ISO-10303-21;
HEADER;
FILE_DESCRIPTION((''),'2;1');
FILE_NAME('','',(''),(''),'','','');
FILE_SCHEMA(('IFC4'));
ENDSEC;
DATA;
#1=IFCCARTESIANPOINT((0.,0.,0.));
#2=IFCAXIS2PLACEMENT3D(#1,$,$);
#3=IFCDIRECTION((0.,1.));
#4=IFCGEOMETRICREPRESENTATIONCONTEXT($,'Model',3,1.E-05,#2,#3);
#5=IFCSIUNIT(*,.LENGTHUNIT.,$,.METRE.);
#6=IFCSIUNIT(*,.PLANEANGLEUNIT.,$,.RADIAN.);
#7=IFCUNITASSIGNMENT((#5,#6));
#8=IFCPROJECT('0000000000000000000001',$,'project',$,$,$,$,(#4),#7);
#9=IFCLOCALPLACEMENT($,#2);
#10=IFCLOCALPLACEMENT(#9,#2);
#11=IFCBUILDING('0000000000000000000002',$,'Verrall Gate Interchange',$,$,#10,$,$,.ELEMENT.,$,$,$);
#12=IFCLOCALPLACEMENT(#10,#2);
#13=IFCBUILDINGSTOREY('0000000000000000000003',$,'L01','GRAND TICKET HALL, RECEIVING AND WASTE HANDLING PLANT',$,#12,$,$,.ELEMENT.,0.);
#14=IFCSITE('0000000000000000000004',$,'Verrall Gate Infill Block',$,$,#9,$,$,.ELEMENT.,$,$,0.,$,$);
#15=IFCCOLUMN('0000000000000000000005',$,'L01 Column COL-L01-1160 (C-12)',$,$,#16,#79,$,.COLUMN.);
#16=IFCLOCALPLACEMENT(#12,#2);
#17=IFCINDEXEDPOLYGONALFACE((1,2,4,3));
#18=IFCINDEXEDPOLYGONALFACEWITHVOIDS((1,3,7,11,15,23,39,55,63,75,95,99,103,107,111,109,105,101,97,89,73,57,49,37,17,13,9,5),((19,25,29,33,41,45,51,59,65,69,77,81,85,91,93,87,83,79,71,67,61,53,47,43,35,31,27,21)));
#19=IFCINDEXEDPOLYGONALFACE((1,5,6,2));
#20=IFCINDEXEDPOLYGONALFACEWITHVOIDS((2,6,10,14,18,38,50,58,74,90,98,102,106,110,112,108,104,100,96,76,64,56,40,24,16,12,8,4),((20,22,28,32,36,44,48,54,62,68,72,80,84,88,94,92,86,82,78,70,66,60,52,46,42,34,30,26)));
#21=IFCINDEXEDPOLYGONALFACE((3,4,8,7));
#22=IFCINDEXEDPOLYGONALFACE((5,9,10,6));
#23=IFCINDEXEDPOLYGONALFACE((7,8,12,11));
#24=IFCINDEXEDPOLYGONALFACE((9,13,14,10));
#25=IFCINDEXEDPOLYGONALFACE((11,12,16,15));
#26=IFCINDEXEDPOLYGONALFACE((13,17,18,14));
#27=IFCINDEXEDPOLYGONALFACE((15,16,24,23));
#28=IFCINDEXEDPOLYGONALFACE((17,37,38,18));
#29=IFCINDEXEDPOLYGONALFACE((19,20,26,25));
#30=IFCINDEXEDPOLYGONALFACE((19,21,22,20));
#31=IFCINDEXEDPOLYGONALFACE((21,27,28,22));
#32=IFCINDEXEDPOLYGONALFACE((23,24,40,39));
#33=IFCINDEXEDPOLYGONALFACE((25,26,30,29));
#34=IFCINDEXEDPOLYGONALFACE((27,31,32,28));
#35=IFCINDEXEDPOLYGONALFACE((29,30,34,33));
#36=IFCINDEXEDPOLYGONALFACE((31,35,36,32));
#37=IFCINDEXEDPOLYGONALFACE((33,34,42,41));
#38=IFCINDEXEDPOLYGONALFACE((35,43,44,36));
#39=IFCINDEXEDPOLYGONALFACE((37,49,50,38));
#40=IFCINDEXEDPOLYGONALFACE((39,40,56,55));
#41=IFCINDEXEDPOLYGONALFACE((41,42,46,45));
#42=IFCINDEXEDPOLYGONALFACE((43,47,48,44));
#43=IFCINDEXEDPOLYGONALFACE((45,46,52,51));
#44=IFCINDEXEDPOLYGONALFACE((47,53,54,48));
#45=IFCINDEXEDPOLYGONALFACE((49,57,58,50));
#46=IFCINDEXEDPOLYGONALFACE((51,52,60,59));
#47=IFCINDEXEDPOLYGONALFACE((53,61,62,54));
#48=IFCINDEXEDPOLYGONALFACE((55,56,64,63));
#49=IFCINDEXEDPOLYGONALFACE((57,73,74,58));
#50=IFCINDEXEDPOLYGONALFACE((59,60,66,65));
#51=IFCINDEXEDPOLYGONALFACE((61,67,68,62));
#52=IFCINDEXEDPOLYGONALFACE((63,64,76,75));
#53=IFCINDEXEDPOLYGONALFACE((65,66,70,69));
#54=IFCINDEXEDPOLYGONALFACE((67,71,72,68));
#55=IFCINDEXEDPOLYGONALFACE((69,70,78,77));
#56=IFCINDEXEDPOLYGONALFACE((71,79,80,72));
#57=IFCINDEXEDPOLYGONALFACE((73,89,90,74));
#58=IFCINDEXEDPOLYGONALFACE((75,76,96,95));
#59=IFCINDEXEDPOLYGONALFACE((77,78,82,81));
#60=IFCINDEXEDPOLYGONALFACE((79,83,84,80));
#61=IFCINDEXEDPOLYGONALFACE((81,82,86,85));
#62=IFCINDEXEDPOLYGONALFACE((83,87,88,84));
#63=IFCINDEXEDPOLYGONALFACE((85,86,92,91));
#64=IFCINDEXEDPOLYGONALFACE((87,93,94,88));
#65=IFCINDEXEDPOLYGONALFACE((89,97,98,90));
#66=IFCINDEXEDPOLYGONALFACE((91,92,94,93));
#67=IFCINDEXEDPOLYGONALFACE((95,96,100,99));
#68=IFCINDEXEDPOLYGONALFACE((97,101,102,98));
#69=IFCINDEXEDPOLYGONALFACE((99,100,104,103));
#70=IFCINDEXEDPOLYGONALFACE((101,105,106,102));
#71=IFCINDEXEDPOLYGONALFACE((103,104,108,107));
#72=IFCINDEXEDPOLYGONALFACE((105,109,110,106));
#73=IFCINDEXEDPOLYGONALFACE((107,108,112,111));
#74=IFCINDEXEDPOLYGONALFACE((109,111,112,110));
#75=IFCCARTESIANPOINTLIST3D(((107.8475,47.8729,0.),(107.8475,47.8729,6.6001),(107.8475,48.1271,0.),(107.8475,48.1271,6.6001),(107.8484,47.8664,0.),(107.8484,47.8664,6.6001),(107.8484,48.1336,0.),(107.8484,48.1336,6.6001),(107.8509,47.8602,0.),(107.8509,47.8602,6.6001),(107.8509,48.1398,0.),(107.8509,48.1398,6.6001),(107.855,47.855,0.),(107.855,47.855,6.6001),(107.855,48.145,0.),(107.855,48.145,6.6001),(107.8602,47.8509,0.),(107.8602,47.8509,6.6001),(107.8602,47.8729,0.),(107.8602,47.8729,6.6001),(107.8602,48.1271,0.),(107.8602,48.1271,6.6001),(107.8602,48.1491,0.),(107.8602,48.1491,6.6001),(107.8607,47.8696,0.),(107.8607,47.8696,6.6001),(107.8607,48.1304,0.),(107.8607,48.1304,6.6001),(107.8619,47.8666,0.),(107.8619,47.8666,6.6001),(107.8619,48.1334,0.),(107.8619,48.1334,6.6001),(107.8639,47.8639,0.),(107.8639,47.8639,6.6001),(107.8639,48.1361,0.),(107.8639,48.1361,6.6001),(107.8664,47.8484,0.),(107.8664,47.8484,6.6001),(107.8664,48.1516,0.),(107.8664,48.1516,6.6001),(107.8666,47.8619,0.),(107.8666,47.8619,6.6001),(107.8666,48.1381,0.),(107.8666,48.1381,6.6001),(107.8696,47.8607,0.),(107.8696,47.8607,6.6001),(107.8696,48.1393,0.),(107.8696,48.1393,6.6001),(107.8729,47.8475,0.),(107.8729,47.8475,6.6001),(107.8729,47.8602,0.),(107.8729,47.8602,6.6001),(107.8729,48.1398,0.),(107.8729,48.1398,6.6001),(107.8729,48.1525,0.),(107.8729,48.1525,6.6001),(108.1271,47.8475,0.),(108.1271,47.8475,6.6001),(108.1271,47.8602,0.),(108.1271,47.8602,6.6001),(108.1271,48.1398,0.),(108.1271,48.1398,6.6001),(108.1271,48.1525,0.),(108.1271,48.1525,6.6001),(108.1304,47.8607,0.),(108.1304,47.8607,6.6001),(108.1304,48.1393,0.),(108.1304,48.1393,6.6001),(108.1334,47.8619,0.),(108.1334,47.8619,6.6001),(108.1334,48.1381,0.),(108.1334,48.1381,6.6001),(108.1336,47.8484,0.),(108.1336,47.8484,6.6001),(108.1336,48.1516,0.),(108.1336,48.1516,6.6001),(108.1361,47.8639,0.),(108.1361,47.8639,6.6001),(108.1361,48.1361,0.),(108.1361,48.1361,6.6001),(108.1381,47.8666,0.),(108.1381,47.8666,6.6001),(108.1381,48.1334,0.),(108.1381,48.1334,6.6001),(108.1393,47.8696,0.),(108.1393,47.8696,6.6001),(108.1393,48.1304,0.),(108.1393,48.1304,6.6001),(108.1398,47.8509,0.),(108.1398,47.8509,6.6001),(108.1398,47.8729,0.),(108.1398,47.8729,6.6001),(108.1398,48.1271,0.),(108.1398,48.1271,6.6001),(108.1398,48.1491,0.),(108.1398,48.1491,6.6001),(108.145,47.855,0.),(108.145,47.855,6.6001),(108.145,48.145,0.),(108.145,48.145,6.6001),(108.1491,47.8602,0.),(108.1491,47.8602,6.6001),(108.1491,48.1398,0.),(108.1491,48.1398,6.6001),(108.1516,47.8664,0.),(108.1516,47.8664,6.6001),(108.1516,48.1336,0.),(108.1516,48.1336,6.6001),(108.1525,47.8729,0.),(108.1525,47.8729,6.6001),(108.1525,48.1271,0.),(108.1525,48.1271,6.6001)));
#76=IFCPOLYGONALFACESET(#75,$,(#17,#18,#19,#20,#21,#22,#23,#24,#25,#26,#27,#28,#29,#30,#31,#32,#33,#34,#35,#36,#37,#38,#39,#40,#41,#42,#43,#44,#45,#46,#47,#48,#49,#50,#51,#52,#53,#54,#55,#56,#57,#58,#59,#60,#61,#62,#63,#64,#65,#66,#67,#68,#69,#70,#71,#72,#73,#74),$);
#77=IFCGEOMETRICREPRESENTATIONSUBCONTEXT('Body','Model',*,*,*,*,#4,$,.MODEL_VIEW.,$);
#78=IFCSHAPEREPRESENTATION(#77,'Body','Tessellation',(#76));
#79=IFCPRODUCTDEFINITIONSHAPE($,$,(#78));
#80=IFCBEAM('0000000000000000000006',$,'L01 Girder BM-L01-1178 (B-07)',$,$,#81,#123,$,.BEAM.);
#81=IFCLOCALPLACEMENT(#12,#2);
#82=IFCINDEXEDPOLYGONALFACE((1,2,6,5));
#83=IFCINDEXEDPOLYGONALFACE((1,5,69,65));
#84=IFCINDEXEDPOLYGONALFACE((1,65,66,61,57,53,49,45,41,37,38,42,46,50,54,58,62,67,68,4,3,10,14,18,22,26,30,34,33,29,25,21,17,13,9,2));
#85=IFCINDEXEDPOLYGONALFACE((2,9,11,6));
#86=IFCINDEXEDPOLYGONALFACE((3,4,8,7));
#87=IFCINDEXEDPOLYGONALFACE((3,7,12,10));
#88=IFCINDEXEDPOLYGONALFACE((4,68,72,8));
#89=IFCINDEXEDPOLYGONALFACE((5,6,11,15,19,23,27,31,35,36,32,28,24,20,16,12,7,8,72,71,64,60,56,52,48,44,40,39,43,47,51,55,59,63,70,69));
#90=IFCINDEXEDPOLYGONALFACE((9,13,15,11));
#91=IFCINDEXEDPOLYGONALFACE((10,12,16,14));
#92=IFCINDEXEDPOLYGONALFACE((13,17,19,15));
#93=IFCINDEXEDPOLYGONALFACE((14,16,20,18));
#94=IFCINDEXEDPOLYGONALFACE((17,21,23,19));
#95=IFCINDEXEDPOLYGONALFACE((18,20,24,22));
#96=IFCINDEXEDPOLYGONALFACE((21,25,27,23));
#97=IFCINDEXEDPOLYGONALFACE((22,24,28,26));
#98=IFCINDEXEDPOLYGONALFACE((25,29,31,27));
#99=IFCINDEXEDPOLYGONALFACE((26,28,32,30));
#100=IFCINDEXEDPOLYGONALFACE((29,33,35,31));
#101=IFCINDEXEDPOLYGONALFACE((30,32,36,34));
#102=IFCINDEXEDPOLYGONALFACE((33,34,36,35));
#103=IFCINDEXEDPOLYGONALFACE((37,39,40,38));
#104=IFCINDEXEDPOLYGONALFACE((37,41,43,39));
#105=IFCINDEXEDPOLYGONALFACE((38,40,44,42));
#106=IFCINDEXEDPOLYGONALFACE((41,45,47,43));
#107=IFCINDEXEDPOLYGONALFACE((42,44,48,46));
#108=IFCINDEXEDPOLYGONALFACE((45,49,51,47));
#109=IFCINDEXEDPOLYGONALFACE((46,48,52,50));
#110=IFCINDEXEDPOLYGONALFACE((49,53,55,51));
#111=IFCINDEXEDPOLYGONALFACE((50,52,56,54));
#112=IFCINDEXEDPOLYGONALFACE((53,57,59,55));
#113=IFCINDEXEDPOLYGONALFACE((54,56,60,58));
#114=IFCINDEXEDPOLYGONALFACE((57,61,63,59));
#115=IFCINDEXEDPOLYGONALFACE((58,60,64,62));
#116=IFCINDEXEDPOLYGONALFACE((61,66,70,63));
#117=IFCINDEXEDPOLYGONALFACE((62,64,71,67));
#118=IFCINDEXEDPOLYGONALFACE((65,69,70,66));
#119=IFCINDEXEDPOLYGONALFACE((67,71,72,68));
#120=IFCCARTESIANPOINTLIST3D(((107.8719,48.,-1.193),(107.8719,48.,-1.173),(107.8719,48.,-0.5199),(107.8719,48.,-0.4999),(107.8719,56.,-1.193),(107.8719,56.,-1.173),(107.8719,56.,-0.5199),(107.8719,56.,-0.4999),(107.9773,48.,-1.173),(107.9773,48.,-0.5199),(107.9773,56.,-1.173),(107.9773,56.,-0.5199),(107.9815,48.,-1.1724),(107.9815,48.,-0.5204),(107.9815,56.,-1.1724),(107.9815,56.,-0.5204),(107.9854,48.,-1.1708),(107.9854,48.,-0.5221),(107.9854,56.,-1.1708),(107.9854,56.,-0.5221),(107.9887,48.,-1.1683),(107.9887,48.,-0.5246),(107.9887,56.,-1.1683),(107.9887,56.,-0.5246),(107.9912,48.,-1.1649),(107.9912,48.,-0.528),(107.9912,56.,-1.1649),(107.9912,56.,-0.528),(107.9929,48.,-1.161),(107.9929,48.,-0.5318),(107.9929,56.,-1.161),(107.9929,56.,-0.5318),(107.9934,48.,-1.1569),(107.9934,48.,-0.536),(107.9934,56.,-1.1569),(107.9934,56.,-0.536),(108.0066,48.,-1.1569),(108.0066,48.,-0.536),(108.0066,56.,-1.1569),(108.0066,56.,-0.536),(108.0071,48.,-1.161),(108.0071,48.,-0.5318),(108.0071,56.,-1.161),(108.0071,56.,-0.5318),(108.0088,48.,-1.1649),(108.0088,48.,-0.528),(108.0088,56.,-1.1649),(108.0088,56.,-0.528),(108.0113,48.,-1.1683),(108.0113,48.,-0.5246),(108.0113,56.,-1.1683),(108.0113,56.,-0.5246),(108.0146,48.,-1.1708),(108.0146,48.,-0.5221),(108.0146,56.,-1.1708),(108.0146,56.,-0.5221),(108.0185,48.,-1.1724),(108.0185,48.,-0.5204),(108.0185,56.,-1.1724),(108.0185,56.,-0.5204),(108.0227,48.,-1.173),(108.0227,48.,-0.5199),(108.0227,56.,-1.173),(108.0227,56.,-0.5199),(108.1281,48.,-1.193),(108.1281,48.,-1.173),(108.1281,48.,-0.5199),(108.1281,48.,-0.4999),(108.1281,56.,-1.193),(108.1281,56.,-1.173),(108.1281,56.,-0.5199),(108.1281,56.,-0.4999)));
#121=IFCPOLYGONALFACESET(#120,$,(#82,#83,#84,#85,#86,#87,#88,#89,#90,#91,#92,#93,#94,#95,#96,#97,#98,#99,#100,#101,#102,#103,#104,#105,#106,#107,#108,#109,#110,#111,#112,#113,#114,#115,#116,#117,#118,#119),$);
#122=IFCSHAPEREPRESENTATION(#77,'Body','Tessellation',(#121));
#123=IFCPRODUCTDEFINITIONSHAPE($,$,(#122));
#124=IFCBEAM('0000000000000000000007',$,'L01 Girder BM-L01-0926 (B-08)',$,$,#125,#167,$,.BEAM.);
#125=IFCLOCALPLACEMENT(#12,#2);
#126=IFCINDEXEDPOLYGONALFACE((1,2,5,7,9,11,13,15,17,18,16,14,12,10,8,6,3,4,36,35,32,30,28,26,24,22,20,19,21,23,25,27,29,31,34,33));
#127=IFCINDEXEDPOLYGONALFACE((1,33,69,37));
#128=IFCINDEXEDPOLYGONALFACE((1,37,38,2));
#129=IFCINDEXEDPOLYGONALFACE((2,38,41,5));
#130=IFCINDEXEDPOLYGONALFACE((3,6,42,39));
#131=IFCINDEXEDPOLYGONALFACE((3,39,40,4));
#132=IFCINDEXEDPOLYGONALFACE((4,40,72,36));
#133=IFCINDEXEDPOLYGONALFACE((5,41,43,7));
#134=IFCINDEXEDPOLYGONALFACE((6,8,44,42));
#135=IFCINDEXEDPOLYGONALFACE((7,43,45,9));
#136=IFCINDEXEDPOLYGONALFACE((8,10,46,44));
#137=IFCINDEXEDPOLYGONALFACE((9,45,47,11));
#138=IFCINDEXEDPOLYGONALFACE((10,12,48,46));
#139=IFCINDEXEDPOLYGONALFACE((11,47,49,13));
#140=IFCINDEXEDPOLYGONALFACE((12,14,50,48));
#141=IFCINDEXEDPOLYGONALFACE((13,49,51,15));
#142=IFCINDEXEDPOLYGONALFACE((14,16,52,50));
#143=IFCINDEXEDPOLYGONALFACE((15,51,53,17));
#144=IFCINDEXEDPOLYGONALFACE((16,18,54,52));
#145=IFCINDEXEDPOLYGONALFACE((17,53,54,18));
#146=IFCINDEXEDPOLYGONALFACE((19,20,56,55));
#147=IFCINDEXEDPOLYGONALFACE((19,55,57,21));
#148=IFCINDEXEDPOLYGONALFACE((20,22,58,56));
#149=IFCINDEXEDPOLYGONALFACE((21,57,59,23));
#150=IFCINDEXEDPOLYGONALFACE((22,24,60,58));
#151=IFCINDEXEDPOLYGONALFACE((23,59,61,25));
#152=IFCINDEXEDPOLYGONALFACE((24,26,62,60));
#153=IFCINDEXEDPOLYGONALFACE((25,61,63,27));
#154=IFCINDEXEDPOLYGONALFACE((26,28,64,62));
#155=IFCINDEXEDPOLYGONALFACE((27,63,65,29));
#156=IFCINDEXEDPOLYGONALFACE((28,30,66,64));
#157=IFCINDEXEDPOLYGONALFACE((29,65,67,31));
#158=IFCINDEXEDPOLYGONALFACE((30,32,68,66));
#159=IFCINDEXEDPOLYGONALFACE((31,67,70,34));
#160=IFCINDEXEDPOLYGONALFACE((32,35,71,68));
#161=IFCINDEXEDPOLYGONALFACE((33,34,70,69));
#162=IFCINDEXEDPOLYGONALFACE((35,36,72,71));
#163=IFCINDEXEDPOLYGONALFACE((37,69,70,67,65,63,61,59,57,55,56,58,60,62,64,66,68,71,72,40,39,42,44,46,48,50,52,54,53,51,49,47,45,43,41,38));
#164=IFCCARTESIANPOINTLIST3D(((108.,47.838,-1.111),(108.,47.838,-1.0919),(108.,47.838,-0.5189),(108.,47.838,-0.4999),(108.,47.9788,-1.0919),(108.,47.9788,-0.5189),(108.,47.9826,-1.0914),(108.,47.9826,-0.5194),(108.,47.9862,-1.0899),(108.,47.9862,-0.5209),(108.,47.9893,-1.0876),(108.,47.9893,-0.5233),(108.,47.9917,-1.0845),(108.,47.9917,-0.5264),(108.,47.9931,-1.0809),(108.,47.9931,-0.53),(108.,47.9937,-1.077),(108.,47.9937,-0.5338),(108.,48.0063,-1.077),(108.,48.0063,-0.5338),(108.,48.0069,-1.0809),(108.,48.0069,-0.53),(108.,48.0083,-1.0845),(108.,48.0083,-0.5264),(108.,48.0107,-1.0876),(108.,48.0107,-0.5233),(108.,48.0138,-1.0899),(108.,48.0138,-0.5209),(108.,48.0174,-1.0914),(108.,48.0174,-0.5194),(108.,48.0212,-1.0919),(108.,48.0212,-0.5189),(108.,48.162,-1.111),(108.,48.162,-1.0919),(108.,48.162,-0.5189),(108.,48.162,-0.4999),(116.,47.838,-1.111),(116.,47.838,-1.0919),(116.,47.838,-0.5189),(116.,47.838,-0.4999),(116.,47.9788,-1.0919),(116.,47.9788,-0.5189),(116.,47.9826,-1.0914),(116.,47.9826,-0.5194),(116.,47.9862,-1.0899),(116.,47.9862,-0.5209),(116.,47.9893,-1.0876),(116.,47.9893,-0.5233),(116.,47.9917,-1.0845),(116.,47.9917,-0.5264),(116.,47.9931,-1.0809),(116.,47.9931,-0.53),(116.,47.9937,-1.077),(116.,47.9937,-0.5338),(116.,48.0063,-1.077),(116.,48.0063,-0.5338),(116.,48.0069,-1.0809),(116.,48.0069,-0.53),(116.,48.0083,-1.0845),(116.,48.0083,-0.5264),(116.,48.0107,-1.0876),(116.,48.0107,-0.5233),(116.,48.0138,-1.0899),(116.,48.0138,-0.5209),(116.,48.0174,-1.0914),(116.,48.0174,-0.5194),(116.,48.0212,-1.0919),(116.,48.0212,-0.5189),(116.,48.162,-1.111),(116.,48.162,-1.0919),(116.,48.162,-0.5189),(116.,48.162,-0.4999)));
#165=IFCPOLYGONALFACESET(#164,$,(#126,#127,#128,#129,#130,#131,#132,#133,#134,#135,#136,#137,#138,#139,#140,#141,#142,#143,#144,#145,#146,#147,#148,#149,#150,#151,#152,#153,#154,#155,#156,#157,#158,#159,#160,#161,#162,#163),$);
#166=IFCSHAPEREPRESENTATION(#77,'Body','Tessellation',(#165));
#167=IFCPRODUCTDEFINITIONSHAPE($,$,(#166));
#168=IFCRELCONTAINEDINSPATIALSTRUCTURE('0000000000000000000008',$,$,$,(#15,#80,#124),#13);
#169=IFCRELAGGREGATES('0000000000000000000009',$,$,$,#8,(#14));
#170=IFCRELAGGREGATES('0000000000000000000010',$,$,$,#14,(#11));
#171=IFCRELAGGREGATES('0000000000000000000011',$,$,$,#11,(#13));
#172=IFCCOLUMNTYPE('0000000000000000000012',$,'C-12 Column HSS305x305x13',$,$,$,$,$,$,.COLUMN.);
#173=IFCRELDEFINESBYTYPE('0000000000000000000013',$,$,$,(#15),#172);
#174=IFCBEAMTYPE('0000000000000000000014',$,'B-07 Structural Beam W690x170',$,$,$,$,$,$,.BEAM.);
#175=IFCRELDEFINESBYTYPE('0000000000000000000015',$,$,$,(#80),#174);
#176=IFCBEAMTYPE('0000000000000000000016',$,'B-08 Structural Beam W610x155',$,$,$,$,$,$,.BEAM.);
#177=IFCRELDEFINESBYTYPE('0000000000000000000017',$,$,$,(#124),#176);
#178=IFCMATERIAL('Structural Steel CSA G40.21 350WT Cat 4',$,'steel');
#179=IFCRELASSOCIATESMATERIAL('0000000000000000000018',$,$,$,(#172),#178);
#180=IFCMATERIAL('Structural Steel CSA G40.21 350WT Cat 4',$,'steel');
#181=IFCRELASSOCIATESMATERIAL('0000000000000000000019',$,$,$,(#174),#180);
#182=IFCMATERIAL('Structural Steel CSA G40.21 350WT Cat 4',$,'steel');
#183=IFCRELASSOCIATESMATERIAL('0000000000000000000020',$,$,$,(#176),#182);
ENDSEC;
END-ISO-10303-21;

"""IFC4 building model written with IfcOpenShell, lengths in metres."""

from ifc_helpers import new_model, si_unit, direction, frame, origin, origin_2d, place, context, subcontext, project, spatial, hollow_rectangle, i_section, extrude, material, material_profile, profile_set, type_object, element, save


model = new_model("IFC4")

# Units and contexts
model_context = context("Model", 3, precision=1e-05, world=origin(), true_north=direction((0.0, 1.0)))
body_context = subcontext(model_context, "Body", "Model", "MODEL_VIEW")
ifc_project = project(units=[si_unit("LENGTHUNIT", "METRE"), si_unit("PLANEANGLEUNIT", "RADIAN")], contexts=[model_context])

# Site, building, storey
site_placement = place(None, origin())
site = spatial("IfcSite", under=ifc_project, at=site_placement, Name="Verrall Gate Infill Block", CompositionType="ELEMENT", RefElevation=0.0)
building_placement = place(site_placement, origin())
building = spatial("IfcBuilding", under=site, at=building_placement, Name="Verrall Gate Interchange", CompositionType="ELEMENT")
storey_placement = place(building_placement, origin())
storey = spatial("IfcBuildingStorey", under=building, at=storey_placement, Name="L01", Description="GRAND TICKET HALL, RECEIVING AND WASTE HANDLING PLANT", CompositionType="ELEMENT", Elevation=0.0)

# Column
ifc_material_1 = material(Name="Structural Steel CSA G40.21 350WT Cat 4", Category="steel")
ifc_material_profile_1 = material_profile(ifc_material_1, hollow_rectangle(XDim=0.3049, YDim=0.3049, WallThickness=0.0127, InnerFilletRadius=0.0127, OuterFilletRadius=0.0254, at=origin_2d()), Name="HSS305x305x13")
ifc_profile_set_1 = profile_set([ifc_material_profile_1], Name="Structural Steel CSA G40.21 350WT Cat 4")
column_type = type_object("IfcColumnType", Name="C-12 Column HSS305x305x13", PredefinedType="COLUMN", material=ifc_profile_set_1)
column_placement = place(storey_placement, frame((108.0, 48.0, 0.0), z_axis=(0.0, 0.0, 1.0), x_axis=(1.0, 0.0, 0.0)))
element("IfcColumn", 1, at=column_placement, inside=storey, type_object=column_type, Name="L01 Column COL-L01-1160 (C-12)", PredefinedType="COLUMN", context=body_context, shape_type="SweptSolid", body=[
    extrude(hollow_rectangle(XDim=0.3049, YDim=0.3049, WallThickness=0.0127, InnerFilletRadius=0.0127, OuterFilletRadius=0.0254, at=origin_2d()), origin(), (0.0, 0.0, 1.0), 6.6001),
])

# Beams
ifc_material_2 = material(Name="Structural Steel CSA G40.21 350WT Cat 4", Category="steel")
ifc_material_profile_2 = material_profile(ifc_material_2, i_section(OverallWidth=0.2561, OverallDepth=0.6931, WebThickness=0.0132, FlangeThickness=0.02, FilletRadius=0.0161, at=origin_2d()), Name="W690x170")
ifc_profile_set_2 = profile_set([ifc_material_profile_2], Name="Structural Steel CSA G40.21 350WT Cat 4")
beam_type_1 = type_object("IfcBeamType", Name="B-07 Structural Beam W690x170", PredefinedType="BEAM", material=ifc_profile_set_2)
beam_1_placement = place(storey_placement, frame((108.0, 48.0, -0.8464), z_axis=(0.0, 1.0, 0.0), x_axis=(-1.0, 0.0, 0.0)))
element("IfcBeam", 2, at=beam_1_placement, inside=storey, type_object=beam_type_1, Name="L01 Girder BM-L01-1178 (B-07)", PredefinedType="BEAM", context=body_context, shape_type="SweptSolid", body=[
    extrude(i_section(OverallWidth=0.2561, OverallDepth=0.6931, WebThickness=0.0132, FlangeThickness=0.02, FilletRadius=0.0161, at=origin_2d()), origin(), (0.0, 0.0, 1.0), 8.0),
])
ifc_material_3 = material(Name="Structural Steel CSA G40.21 350WT Cat 4", Category="steel")
ifc_material_profile_3 = material_profile(ifc_material_3, i_section(OverallWidth=0.324, OverallDepth=0.6111, WebThickness=0.0127, FlangeThickness=0.019, FilletRadius=0.0149, at=origin_2d()), Name="W610x155")
ifc_profile_set_3 = profile_set([ifc_material_profile_3], Name="Structural Steel CSA G40.21 350WT Cat 4")
beam_type_2 = type_object("IfcBeamType", Name="B-08 Structural Beam W610x155", PredefinedType="BEAM", material=ifc_profile_set_3)
beam_2_placement = place(storey_placement, frame((108.0, 48.0, -0.8054), z_axis=(1.0, 0.0, 0.0), x_axis=(0.0, 1.0, 0.0)))
element("IfcBeam", 3, at=beam_2_placement, inside=storey, type_object=beam_type_2, Name="L01 Girder BM-L01-0926 (B-08)", PredefinedType="BEAM", context=body_context, shape_type="SweptSolid", body=[
    extrude(i_section(OverallWidth=0.324, OverallDepth=0.6111, WebThickness=0.0127, FlangeThickness=0.019, FilletRadius=0.0149, at=origin_2d()), origin(), (0.0, 0.0, 1.0), 8.0),
])

save(model, "model.ifc")
